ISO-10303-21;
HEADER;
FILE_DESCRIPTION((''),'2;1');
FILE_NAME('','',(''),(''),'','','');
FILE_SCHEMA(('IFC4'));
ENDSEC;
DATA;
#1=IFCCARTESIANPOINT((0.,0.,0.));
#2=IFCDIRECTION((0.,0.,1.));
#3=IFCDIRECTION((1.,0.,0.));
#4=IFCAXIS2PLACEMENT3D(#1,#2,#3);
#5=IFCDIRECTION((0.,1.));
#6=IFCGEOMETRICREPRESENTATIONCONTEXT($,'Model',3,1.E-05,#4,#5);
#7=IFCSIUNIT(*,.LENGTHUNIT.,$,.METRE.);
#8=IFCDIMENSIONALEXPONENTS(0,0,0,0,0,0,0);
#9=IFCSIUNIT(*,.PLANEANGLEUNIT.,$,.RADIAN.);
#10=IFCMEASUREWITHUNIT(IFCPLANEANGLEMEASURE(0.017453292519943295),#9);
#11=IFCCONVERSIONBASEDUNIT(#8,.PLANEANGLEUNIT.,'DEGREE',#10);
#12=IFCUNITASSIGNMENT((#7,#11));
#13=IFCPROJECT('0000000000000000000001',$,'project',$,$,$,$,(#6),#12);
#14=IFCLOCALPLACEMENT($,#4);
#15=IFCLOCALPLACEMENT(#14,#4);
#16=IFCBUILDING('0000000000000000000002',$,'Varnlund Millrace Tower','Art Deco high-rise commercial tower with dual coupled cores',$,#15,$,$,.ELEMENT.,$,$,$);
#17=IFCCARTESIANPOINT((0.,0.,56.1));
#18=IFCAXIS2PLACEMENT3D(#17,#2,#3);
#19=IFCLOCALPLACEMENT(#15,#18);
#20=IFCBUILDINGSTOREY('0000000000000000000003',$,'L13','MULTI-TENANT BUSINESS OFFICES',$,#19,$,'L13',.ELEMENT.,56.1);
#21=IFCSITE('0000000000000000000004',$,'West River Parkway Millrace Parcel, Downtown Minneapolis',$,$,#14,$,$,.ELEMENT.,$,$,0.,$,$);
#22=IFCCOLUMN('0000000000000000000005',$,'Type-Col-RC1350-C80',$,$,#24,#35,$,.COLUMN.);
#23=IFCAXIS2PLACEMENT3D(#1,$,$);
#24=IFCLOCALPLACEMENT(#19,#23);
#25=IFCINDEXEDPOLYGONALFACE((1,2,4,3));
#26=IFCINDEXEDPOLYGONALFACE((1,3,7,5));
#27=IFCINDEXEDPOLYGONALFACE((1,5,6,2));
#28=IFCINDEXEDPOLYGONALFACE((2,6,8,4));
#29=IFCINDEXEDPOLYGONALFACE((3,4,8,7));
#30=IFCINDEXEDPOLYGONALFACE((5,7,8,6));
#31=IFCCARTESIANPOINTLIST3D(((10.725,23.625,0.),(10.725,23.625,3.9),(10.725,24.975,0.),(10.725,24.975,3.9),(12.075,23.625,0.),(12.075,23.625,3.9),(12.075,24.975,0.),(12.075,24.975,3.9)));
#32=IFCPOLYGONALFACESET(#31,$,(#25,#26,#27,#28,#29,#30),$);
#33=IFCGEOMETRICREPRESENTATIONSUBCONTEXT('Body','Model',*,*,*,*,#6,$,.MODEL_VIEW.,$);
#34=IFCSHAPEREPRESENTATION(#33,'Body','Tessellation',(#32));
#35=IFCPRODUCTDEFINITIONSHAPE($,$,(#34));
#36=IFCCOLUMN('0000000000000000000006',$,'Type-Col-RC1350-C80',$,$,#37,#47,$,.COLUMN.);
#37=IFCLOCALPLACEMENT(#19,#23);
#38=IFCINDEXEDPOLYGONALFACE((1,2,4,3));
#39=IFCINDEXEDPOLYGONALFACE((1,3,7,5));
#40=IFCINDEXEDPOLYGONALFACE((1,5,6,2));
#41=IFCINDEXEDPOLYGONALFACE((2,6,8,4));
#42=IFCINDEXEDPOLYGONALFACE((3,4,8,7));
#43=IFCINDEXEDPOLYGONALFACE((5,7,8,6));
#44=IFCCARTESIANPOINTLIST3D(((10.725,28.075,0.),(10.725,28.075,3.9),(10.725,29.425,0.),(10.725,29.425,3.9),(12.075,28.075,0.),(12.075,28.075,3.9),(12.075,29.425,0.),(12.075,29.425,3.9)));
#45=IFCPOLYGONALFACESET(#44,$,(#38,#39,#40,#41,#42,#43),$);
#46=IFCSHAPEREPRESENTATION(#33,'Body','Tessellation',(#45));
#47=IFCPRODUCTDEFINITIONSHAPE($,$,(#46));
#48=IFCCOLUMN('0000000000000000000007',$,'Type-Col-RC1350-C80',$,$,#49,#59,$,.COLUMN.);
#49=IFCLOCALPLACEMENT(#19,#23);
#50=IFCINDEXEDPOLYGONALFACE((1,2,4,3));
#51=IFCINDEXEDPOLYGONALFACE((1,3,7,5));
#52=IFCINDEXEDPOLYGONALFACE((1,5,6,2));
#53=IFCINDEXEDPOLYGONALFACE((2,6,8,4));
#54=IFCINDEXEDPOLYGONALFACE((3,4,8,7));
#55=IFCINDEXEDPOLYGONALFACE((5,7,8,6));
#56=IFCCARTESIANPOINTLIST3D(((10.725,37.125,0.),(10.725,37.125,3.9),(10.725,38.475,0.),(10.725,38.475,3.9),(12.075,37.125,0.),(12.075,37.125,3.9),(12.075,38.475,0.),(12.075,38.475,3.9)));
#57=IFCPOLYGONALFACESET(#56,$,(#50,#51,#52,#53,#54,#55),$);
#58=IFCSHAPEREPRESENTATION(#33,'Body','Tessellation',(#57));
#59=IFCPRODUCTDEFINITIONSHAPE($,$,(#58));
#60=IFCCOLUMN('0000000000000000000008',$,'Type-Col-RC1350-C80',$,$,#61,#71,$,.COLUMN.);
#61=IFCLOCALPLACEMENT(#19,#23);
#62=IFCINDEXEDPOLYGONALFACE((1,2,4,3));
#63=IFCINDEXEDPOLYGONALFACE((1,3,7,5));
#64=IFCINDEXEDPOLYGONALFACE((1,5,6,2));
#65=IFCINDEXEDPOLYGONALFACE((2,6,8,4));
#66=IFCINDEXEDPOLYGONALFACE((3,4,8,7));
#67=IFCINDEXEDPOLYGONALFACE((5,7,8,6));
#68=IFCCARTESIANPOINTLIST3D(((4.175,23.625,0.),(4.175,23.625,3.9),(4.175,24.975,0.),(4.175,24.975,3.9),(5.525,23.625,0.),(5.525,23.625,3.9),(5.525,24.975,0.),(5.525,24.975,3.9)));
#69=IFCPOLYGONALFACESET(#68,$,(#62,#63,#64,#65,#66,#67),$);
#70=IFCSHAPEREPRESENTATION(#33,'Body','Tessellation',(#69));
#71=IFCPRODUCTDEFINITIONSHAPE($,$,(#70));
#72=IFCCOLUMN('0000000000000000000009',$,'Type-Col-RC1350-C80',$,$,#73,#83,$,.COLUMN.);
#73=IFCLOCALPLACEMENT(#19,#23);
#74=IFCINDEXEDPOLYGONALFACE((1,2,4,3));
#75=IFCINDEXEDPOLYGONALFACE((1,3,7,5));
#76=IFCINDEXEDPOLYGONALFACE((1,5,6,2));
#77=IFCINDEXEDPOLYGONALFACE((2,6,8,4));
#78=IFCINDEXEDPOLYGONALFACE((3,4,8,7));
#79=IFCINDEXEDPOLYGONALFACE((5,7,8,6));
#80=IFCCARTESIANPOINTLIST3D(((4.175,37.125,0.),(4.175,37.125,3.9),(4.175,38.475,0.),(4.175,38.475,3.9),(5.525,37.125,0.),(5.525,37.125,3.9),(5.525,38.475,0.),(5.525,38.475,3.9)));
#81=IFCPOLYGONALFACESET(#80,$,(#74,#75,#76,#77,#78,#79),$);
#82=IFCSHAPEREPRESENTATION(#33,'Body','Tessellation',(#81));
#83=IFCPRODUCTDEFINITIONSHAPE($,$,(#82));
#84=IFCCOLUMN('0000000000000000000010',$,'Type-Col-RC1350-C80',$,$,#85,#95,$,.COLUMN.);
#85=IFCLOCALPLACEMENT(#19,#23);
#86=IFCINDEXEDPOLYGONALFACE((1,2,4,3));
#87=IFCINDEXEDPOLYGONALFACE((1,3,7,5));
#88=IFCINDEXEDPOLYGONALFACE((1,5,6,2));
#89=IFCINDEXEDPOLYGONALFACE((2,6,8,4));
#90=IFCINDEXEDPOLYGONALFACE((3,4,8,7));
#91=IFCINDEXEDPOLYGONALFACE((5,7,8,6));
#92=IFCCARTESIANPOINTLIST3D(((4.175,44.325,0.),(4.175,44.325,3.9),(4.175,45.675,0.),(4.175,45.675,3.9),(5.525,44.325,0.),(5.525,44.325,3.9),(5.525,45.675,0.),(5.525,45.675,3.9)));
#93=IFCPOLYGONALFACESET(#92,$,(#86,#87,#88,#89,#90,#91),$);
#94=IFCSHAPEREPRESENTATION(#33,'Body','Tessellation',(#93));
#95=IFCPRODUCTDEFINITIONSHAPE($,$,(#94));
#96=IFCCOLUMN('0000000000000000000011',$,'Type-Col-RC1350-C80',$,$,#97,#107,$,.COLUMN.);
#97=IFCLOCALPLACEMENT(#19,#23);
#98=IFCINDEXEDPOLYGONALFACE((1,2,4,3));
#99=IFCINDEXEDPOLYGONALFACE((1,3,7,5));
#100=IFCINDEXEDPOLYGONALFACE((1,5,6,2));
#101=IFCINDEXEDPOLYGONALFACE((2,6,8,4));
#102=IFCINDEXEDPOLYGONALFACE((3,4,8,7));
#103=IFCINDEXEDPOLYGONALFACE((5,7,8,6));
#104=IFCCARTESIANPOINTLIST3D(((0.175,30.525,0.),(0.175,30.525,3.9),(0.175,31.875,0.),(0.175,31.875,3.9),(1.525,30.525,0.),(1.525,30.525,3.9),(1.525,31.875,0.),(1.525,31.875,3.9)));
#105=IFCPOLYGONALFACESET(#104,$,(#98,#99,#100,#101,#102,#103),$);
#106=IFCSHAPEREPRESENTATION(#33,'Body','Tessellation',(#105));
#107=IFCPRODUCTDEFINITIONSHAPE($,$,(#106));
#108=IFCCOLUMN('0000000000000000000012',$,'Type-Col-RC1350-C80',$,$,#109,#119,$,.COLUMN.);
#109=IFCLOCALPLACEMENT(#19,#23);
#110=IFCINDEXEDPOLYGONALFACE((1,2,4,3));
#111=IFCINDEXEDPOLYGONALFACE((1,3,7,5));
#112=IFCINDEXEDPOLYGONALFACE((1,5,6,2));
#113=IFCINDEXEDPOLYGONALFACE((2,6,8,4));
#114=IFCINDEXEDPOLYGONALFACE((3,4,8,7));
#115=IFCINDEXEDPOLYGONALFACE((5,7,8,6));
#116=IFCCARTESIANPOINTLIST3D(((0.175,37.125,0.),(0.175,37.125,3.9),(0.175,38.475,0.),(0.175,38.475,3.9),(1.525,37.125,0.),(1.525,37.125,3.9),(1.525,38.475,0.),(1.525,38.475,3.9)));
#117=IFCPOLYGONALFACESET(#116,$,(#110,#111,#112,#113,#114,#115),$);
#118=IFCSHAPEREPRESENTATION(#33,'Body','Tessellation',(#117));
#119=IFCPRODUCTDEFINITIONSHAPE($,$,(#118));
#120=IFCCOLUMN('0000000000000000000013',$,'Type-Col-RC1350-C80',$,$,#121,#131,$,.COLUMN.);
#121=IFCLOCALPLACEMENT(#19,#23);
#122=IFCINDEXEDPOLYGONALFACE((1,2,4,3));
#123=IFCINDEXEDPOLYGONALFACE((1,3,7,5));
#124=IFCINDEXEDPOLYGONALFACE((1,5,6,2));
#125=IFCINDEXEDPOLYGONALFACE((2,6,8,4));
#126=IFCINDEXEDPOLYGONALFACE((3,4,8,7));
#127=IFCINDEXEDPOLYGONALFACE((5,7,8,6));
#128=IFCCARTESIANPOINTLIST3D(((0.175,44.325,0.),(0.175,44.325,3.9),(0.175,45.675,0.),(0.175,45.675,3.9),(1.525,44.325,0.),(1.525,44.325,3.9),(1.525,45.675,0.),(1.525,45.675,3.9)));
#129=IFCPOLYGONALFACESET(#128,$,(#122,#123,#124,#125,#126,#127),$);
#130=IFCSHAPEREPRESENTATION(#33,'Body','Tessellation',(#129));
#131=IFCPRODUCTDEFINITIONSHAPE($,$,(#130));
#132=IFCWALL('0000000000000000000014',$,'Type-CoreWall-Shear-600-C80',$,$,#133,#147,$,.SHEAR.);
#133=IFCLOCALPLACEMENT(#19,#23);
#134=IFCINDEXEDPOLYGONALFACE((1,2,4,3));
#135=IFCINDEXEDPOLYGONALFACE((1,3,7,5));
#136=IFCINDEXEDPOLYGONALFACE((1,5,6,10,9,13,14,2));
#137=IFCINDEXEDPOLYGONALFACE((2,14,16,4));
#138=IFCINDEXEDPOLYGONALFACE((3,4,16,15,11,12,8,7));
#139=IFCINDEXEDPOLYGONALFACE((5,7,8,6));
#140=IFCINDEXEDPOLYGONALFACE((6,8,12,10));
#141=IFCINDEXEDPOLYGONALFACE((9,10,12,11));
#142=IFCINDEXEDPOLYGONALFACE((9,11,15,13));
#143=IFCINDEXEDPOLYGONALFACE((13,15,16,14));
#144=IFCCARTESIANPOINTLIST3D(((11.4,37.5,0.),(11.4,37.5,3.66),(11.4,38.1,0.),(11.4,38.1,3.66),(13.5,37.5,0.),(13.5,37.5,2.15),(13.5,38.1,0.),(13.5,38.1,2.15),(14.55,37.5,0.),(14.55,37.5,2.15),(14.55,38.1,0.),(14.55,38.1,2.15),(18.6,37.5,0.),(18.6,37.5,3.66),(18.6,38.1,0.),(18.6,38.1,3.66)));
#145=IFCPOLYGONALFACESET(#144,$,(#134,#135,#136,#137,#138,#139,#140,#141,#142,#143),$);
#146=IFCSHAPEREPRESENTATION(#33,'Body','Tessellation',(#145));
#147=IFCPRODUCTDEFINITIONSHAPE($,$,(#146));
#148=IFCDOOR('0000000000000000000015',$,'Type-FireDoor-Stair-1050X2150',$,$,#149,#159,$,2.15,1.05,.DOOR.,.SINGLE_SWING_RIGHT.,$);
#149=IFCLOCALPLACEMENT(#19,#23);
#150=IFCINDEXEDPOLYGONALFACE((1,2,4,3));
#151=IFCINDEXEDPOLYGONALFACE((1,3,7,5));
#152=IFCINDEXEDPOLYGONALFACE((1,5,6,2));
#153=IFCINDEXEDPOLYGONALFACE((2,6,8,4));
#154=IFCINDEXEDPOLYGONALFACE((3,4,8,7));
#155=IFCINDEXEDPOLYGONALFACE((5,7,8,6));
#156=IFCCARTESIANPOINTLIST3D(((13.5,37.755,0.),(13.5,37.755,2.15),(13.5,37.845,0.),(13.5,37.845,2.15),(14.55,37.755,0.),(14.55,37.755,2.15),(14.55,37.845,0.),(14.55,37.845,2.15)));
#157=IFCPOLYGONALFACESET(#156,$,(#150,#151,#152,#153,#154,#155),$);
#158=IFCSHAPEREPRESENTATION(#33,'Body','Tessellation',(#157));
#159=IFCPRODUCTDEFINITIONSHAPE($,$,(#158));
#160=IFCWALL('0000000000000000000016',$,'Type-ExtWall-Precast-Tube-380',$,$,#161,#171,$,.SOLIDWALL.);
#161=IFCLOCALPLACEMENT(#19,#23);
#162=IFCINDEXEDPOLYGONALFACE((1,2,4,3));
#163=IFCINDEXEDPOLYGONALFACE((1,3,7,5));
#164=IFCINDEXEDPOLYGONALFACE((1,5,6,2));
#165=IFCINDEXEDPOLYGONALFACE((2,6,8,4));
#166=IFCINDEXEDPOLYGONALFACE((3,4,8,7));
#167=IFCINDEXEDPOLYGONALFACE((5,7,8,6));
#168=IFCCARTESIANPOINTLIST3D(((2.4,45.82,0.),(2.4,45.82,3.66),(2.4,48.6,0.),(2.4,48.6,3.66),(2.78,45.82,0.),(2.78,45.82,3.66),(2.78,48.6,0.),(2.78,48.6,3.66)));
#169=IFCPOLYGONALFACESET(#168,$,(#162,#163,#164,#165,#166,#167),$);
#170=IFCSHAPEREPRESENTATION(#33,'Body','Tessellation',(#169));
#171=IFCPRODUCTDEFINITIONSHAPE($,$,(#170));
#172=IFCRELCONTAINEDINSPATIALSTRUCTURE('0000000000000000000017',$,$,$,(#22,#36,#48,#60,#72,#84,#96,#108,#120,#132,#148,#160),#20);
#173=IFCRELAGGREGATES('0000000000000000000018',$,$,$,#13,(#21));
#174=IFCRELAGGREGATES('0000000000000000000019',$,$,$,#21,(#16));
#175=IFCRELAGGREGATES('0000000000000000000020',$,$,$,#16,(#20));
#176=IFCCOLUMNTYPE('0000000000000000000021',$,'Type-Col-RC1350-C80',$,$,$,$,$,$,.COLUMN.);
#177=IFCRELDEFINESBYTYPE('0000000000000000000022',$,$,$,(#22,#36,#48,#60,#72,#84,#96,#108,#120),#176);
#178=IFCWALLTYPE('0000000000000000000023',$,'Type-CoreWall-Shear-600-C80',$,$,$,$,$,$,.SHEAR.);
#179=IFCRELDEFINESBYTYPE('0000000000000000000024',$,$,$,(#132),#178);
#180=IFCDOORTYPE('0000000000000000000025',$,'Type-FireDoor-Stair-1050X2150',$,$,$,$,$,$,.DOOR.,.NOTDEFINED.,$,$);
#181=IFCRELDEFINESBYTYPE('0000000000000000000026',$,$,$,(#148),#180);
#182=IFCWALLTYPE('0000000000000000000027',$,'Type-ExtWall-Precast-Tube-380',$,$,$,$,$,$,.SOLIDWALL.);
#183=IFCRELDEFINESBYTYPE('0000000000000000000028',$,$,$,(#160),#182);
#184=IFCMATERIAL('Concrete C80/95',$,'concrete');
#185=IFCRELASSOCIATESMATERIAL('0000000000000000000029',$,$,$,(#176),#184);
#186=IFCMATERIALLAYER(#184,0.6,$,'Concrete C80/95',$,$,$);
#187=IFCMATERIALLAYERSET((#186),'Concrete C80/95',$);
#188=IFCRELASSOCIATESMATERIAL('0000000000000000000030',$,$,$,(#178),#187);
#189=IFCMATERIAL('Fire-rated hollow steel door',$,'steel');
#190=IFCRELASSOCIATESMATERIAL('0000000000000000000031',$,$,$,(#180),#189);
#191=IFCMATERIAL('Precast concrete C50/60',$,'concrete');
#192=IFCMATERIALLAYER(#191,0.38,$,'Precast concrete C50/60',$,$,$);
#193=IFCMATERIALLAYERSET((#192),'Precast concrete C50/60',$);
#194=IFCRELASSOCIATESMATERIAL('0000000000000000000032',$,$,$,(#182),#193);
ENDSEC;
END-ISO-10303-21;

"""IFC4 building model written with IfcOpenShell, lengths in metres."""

from ifc_helpers import new_model, entity, si_unit, converted_unit, direction, frame, origin_with_axes, origin_2d_with_axis, place, context, subcontext, project, spatial, polyline, rectangle, outline, extrude, material, layer, layer_set, material_profile, profile_set, type_object, element, fill, save


model = new_model("IFC4")

# Units and contexts
model_context = context("Model", 3, precision=1e-05, world=origin_with_axes(), true_north=direction((0.0, 1.0)))
body_context = subcontext(model_context, "Body", "Model", "MODEL_VIEW")
ifc_project = project(units=[si_unit("LENGTHUNIT", "METRE"), converted_unit("PLANEANGLEUNIT", "DEGREE", entity("IfcPlaneAngleMeasure", 0.017453292519943295), si_unit("PLANEANGLEUNIT", "RADIAN"), dimensions=[0, 0, 0, 0, 0, 0, 0])], contexts=[model_context])

# Site, building, storey
site_placement = place(None, origin_with_axes())
site = spatial("IfcSite", under=ifc_project, at=site_placement, Name="West River Parkway Millrace Parcel, Downtown Minneapolis", CompositionType="ELEMENT", RefElevation=0.0)
building_placement = place(site_placement, origin_with_axes())
building = spatial("IfcBuilding", under=site, at=building_placement, Name="Varnlund Millrace Tower", Description="Art Deco high-rise commercial tower with dual coupled cores", CompositionType="ELEMENT")
storey_placement = place(building_placement, frame((0.0, 0.0, 56.1), z_axis=(0.0, 0.0, 1.0), x_axis=(1.0, 0.0, 0.0)))
storey = spatial("IfcBuildingStorey", under=building, at=storey_placement, Name="L13", Description="MULTI-TENANT BUSINESS OFFICES", LongName="L13", CompositionType="ELEMENT", Elevation=56.1)

# Columns
ifc_material_1 = material(Name="Concrete C80/95", Category="concrete")
ifc_material_profile = material_profile(ifc_material_1, rectangle(XDim=1.35, YDim=1.35, at=origin_2d_with_axis()), Name="Concrete C80/95")
ifc_profile_set = profile_set([ifc_material_profile], Name="Concrete C80/95")
column_type = type_object("IfcColumnType", Name="Type-Col-RC1350-C80", PredefinedType="COLUMN", material=ifc_profile_set)
for number, where, z_axis, x_axis, name in (
    (1, (11.4, 24.3, 0.0), (0.0, 0.0, 1.0), (1.0, 0.0, 0.0), "Type-Col-RC1350-C80"),
    (2, (11.4, 28.75, 0.0), (0.0, 0.0, 1.0), (1.0, 0.0, 0.0), "Type-Col-RC1350-C80"),
    (3, (11.4, 37.8, 0.0), (0.0, 0.0, 1.0), (1.0, 0.0, 0.0), "Type-Col-RC1350-C80"),
    (4, (4.85, 24.3, 0.0), (0.0, 0.0, 1.0), (1.0, 0.0, 0.0), "Type-Col-RC1350-C80"),
    (5, (4.85, 37.8, 0.0), (0.0, 0.0, 1.0), (1.0, 0.0, 0.0), "Type-Col-RC1350-C80"),
    (6, (4.85, 45.0, 0.0), (0.0, 0.0, 1.0), (1.0, 0.0, 0.0), "Type-Col-RC1350-C80"),
    (7, (0.85, 31.2, 0.0), (0.0, 0.0, 1.0), (1.0, 0.0, 0.0), "Type-Col-RC1350-C80"),
    (8, (0.85, 37.8, 0.0), (0.0, 0.0, 1.0), (1.0, 0.0, 0.0), "Type-Col-RC1350-C80"),
    (9, (0.85, 45.0, 0.0), (0.0, 0.0, 1.0), (1.0, 0.0, 0.0), "Type-Col-RC1350-C80"),
):
    element("IfcColumn", number, at=place(storey_placement, frame(where, z_axis=z_axis, x_axis=x_axis)), inside=storey, type_object=column_type, Name=name, PredefinedType="COLUMN", context=body_context, shape_type="SweptSolid", body=[
        extrude(rectangle(XDim=1.35, YDim=1.35, at=origin_2d_with_axis()), origin_with_axes(), (0.0, 0.0, 1.0), 3.9),
    ])

# Wall, opening, door
ifc_layer_1 = layer(ifc_material_1, 0.6, Name="Concrete C80/95")
ifc_layer_set_1 = layer_set([ifc_layer_1], Name="Concrete C80/95")
wall_type_1 = type_object("IfcWallType", Name="Type-CoreWall-Shear-600-C80", PredefinedType="SHEAR", material=ifc_layer_set_1)
wall_1_placement = place(storey_placement, frame((11.4, 37.8, 0.0), z_axis=(0.0, 0.0, 1.0), x_axis=(1.0, 0.0, 0.0)))
wall_1 = element("IfcWall", 10, at=wall_1_placement, inside=storey, type_object=wall_type_1, Name="Type-CoreWall-Shear-600-C80", PredefinedType="SHEAR", context=body_context, shape_type="SweptSolid", body=[
    extrude(outline(polyline([(0.0, -0.3), (7.2, -0.3), (7.2, 0.3), (0.0, 0.3), (0.0, -0.3)])), origin_with_axes(), (0.0, 0.0, 1.0), 3.66),
])
opening_1_placement = place(wall_1_placement, frame((2.625, 0.0, 0.0), z_axis=(0.0, 0.0, 1.0), x_axis=(1.0, 0.0, 0.0)))
opening_1 = element("IfcOpeningElement", 11, at=opening_1_placement, cuts=wall_1, PredefinedType="OPENING", context=body_context, shape_type="SweptSolid", body=[
    extrude(rectangle(XDim=1.05, YDim=0.62, at=origin_2d_with_axis()), origin_with_axes(), (0.0, 0.0, 1.0), 2.15),
])
ifc_material_2 = material(Name="Fire-rated hollow steel door", Category="steel")
door_type_1 = type_object("IfcDoorType", Name="Type-FireDoor-Stair-1050X2150", OperationType="NOTDEFINED", PredefinedType="DOOR", material=ifc_material_2)
door_1_placement = place(wall_1_placement, frame((2.625, 0.0, 0.0), z_axis=(0.0, 0.0, 1.0), x_axis=(1.0, 0.0, 0.0)))
door_1 = element("IfcDoor", 12, at=door_1_placement, inside=storey, type_object=door_type_1, Name="Type-FireDoor-Stair-1050X2150", OperationType="SINGLE_SWING_RIGHT", OverallHeight=2.15, OverallWidth=1.05, PredefinedType="DOOR", context=body_context, shape_type="SweptSolid", body=[
    extrude(rectangle(XDim=1.05, YDim=0.09, at=origin_2d_with_axis()), origin_with_axes(), (0.0, 0.0, 1.0), 2.15),
])
fill(opening_1, door_1)

# Wall
ifc_material_3 = material(Name="Precast concrete C50/60", Category="concrete")
ifc_layer_2 = layer(ifc_material_3, 0.38, Name="Precast concrete C50/60")
ifc_layer_set_2 = layer_set([ifc_layer_2], Name="Precast concrete C50/60")
wall_type_2 = type_object("IfcWallType", Name="Type-ExtWall-Precast-Tube-380", PredefinedType="SOLIDWALL", material=ifc_layer_set_2)
wall_2_placement = place(storey_placement, frame((2.59, 45.82, 0.0), z_axis=(0.0, 0.0, 1.0), x_axis=(0.0, 1.0, 0.0)))
element("IfcWall", 13, at=wall_2_placement, inside=storey, type_object=wall_type_2, Name="Type-ExtWall-Precast-Tube-380", PredefinedType="SOLIDWALL", context=body_context, shape_type="SweptSolid", body=[
    extrude(outline(polyline([(0.0, -0.19), (2.78, -0.19), (2.78, 0.19), (0.0, 0.19), (0.0, -0.19)])), origin_with_axes(), (0.0, 0.0, 1.0), 3.66),
])

save(model, "model.ifc")
